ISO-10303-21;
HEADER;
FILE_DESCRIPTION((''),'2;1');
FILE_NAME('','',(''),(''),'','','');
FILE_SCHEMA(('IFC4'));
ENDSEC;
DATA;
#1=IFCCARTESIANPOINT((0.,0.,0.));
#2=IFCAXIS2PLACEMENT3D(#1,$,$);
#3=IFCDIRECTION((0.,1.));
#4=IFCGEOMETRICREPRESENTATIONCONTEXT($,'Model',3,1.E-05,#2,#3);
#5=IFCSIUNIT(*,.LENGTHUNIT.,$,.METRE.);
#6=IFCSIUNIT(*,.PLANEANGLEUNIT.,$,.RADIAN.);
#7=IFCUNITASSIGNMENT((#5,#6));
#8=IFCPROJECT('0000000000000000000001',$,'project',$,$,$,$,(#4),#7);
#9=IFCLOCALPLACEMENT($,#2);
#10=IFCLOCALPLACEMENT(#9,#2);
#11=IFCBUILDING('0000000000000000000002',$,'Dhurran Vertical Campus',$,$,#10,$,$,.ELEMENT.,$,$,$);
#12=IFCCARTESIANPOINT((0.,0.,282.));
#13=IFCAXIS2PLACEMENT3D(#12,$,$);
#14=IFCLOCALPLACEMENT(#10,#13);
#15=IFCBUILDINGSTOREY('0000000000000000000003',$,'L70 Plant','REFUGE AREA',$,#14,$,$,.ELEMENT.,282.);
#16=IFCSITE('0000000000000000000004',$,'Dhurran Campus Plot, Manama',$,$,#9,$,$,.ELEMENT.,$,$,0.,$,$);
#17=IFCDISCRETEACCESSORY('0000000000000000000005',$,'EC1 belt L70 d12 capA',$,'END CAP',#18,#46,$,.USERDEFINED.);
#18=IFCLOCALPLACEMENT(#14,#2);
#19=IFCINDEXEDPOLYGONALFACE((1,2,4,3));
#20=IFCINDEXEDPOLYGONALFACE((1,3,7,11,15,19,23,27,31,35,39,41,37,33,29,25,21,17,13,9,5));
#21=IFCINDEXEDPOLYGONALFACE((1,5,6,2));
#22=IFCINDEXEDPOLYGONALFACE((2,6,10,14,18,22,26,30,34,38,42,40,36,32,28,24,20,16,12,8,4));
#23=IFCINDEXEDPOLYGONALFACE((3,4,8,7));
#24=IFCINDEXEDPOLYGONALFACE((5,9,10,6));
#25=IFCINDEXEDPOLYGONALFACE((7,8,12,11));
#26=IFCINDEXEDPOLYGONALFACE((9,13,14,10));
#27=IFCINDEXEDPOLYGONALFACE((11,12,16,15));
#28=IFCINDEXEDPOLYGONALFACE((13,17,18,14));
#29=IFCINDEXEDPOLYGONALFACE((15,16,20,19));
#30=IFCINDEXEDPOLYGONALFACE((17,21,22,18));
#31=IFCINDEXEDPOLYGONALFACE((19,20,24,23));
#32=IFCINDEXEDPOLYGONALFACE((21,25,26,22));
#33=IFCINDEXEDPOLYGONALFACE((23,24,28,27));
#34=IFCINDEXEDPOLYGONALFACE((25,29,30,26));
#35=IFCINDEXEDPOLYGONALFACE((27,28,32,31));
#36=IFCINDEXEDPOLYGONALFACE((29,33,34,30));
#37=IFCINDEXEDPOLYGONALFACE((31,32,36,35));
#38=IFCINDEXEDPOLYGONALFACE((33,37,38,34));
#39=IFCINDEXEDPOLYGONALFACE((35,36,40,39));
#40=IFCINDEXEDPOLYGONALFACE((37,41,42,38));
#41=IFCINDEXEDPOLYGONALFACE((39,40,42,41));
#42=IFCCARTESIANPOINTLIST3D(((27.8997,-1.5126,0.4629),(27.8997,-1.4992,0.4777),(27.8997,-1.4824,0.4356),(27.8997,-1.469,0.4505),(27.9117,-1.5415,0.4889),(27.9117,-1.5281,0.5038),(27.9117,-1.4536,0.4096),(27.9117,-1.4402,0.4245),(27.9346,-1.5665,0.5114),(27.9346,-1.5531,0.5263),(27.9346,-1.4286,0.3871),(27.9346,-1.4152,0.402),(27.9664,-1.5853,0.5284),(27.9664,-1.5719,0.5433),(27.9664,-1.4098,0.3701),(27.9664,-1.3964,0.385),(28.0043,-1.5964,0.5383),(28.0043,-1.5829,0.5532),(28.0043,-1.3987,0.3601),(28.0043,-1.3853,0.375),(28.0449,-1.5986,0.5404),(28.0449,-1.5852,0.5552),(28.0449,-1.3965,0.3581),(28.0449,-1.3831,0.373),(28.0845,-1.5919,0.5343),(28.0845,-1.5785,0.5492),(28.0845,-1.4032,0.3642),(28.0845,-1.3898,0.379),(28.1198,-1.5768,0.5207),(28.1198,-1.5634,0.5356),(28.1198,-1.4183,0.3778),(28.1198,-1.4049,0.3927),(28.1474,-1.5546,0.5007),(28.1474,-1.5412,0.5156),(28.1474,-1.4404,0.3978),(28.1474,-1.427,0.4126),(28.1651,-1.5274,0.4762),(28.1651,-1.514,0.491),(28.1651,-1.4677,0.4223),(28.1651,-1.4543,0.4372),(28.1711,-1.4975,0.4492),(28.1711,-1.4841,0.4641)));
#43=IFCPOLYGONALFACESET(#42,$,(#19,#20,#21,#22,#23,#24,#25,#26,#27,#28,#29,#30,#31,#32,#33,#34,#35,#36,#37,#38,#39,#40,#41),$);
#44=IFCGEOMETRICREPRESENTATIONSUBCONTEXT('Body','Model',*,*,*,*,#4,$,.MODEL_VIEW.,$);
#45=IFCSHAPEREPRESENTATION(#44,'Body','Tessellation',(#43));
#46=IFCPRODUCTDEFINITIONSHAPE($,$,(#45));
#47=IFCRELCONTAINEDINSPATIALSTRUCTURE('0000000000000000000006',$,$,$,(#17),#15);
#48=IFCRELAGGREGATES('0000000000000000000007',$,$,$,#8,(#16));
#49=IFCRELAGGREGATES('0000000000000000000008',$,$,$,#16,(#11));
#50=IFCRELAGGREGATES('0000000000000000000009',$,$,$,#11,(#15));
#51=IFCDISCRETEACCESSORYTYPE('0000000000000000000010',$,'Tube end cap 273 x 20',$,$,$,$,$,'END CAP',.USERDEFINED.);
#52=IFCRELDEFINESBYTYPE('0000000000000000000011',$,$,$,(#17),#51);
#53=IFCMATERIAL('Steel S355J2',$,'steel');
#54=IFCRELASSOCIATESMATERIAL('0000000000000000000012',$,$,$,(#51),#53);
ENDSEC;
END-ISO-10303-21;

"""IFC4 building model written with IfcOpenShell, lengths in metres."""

from ifc_helpers import new_model, si_unit, direction, frame, origin, origin_2d, place, context, subcontext, project, spatial, circle, extrude, material, material_profile, profile_set, type_object, element, save


model = new_model("IFC4")

# Units and contexts
model_context = context("Model", 3, precision=1e-05, world=origin(), true_north=direction((0.0, 1.0)))
body_context = subcontext(model_context, "Body", "Model", "MODEL_VIEW")
ifc_project = project(units=[si_unit("LENGTHUNIT", "METRE"), si_unit("PLANEANGLEUNIT", "RADIAN")], contexts=[model_context])

# Site, building, storey
site_placement = place(None, origin())
site = spatial("IfcSite", under=ifc_project, at=site_placement, Name="Dhurran Campus Plot, Manama", CompositionType="ELEMENT", RefElevation=0.0)
building_placement = place(site_placement, origin())
building = spatial("IfcBuilding", under=site, at=building_placement, Name="Dhurran Vertical Campus", CompositionType="ELEMENT")
storey_placement = place(building_placement, frame((0.0, 0.0, 282.0)))
storey = spatial("IfcBuildingStorey", under=building, at=storey_placement, Name="L70 Plant", Description="REFUGE AREA", CompositionType="ELEMENT", Elevation=282.0)

# Discrete accessory
ifc_material_1 = material(Name="Steel S355J2", Category="steel")
ifc_material_profile_1 = material_profile(ifc_material_1, circle(Radius=0.1365, at=origin_2d()), Name="Tube end cap 273 x 20")
ifc_profile_set_1 = profile_set([ifc_material_profile_1], Name="Steel S355J2")
discrete_accessory_type = type_object("IfcDiscreteAccessoryType", Name="Tube end cap 273 x 20", ElementType="END CAP", PredefinedType="USERDEFINED", material=ifc_profile_set_1)
for number, where, z_axis, x_axis, name in (
    (1, (28.0347, -1.4841, 0.4641), (0.0, -0.669637, -0.742688), (1.0, 0.0, 0.0), "EC1 belt L70 d12 capA"),
):
    element("IfcDiscreteAccessory", number, at=place(storey_placement, frame(where, z_axis=z_axis, x_axis=x_axis)), inside=storey, type_object=discrete_accessory_type, Name=name, ObjectType="END CAP", PredefinedType="USERDEFINED", context=body_context, shape_type="SweptSolid", body=[
        extrude(circle(Radius=0.1365, at=origin_2d()), origin(), (0.0, 0.0, 1.0), 0.02),
    ])

save(model, "model.ifc")
